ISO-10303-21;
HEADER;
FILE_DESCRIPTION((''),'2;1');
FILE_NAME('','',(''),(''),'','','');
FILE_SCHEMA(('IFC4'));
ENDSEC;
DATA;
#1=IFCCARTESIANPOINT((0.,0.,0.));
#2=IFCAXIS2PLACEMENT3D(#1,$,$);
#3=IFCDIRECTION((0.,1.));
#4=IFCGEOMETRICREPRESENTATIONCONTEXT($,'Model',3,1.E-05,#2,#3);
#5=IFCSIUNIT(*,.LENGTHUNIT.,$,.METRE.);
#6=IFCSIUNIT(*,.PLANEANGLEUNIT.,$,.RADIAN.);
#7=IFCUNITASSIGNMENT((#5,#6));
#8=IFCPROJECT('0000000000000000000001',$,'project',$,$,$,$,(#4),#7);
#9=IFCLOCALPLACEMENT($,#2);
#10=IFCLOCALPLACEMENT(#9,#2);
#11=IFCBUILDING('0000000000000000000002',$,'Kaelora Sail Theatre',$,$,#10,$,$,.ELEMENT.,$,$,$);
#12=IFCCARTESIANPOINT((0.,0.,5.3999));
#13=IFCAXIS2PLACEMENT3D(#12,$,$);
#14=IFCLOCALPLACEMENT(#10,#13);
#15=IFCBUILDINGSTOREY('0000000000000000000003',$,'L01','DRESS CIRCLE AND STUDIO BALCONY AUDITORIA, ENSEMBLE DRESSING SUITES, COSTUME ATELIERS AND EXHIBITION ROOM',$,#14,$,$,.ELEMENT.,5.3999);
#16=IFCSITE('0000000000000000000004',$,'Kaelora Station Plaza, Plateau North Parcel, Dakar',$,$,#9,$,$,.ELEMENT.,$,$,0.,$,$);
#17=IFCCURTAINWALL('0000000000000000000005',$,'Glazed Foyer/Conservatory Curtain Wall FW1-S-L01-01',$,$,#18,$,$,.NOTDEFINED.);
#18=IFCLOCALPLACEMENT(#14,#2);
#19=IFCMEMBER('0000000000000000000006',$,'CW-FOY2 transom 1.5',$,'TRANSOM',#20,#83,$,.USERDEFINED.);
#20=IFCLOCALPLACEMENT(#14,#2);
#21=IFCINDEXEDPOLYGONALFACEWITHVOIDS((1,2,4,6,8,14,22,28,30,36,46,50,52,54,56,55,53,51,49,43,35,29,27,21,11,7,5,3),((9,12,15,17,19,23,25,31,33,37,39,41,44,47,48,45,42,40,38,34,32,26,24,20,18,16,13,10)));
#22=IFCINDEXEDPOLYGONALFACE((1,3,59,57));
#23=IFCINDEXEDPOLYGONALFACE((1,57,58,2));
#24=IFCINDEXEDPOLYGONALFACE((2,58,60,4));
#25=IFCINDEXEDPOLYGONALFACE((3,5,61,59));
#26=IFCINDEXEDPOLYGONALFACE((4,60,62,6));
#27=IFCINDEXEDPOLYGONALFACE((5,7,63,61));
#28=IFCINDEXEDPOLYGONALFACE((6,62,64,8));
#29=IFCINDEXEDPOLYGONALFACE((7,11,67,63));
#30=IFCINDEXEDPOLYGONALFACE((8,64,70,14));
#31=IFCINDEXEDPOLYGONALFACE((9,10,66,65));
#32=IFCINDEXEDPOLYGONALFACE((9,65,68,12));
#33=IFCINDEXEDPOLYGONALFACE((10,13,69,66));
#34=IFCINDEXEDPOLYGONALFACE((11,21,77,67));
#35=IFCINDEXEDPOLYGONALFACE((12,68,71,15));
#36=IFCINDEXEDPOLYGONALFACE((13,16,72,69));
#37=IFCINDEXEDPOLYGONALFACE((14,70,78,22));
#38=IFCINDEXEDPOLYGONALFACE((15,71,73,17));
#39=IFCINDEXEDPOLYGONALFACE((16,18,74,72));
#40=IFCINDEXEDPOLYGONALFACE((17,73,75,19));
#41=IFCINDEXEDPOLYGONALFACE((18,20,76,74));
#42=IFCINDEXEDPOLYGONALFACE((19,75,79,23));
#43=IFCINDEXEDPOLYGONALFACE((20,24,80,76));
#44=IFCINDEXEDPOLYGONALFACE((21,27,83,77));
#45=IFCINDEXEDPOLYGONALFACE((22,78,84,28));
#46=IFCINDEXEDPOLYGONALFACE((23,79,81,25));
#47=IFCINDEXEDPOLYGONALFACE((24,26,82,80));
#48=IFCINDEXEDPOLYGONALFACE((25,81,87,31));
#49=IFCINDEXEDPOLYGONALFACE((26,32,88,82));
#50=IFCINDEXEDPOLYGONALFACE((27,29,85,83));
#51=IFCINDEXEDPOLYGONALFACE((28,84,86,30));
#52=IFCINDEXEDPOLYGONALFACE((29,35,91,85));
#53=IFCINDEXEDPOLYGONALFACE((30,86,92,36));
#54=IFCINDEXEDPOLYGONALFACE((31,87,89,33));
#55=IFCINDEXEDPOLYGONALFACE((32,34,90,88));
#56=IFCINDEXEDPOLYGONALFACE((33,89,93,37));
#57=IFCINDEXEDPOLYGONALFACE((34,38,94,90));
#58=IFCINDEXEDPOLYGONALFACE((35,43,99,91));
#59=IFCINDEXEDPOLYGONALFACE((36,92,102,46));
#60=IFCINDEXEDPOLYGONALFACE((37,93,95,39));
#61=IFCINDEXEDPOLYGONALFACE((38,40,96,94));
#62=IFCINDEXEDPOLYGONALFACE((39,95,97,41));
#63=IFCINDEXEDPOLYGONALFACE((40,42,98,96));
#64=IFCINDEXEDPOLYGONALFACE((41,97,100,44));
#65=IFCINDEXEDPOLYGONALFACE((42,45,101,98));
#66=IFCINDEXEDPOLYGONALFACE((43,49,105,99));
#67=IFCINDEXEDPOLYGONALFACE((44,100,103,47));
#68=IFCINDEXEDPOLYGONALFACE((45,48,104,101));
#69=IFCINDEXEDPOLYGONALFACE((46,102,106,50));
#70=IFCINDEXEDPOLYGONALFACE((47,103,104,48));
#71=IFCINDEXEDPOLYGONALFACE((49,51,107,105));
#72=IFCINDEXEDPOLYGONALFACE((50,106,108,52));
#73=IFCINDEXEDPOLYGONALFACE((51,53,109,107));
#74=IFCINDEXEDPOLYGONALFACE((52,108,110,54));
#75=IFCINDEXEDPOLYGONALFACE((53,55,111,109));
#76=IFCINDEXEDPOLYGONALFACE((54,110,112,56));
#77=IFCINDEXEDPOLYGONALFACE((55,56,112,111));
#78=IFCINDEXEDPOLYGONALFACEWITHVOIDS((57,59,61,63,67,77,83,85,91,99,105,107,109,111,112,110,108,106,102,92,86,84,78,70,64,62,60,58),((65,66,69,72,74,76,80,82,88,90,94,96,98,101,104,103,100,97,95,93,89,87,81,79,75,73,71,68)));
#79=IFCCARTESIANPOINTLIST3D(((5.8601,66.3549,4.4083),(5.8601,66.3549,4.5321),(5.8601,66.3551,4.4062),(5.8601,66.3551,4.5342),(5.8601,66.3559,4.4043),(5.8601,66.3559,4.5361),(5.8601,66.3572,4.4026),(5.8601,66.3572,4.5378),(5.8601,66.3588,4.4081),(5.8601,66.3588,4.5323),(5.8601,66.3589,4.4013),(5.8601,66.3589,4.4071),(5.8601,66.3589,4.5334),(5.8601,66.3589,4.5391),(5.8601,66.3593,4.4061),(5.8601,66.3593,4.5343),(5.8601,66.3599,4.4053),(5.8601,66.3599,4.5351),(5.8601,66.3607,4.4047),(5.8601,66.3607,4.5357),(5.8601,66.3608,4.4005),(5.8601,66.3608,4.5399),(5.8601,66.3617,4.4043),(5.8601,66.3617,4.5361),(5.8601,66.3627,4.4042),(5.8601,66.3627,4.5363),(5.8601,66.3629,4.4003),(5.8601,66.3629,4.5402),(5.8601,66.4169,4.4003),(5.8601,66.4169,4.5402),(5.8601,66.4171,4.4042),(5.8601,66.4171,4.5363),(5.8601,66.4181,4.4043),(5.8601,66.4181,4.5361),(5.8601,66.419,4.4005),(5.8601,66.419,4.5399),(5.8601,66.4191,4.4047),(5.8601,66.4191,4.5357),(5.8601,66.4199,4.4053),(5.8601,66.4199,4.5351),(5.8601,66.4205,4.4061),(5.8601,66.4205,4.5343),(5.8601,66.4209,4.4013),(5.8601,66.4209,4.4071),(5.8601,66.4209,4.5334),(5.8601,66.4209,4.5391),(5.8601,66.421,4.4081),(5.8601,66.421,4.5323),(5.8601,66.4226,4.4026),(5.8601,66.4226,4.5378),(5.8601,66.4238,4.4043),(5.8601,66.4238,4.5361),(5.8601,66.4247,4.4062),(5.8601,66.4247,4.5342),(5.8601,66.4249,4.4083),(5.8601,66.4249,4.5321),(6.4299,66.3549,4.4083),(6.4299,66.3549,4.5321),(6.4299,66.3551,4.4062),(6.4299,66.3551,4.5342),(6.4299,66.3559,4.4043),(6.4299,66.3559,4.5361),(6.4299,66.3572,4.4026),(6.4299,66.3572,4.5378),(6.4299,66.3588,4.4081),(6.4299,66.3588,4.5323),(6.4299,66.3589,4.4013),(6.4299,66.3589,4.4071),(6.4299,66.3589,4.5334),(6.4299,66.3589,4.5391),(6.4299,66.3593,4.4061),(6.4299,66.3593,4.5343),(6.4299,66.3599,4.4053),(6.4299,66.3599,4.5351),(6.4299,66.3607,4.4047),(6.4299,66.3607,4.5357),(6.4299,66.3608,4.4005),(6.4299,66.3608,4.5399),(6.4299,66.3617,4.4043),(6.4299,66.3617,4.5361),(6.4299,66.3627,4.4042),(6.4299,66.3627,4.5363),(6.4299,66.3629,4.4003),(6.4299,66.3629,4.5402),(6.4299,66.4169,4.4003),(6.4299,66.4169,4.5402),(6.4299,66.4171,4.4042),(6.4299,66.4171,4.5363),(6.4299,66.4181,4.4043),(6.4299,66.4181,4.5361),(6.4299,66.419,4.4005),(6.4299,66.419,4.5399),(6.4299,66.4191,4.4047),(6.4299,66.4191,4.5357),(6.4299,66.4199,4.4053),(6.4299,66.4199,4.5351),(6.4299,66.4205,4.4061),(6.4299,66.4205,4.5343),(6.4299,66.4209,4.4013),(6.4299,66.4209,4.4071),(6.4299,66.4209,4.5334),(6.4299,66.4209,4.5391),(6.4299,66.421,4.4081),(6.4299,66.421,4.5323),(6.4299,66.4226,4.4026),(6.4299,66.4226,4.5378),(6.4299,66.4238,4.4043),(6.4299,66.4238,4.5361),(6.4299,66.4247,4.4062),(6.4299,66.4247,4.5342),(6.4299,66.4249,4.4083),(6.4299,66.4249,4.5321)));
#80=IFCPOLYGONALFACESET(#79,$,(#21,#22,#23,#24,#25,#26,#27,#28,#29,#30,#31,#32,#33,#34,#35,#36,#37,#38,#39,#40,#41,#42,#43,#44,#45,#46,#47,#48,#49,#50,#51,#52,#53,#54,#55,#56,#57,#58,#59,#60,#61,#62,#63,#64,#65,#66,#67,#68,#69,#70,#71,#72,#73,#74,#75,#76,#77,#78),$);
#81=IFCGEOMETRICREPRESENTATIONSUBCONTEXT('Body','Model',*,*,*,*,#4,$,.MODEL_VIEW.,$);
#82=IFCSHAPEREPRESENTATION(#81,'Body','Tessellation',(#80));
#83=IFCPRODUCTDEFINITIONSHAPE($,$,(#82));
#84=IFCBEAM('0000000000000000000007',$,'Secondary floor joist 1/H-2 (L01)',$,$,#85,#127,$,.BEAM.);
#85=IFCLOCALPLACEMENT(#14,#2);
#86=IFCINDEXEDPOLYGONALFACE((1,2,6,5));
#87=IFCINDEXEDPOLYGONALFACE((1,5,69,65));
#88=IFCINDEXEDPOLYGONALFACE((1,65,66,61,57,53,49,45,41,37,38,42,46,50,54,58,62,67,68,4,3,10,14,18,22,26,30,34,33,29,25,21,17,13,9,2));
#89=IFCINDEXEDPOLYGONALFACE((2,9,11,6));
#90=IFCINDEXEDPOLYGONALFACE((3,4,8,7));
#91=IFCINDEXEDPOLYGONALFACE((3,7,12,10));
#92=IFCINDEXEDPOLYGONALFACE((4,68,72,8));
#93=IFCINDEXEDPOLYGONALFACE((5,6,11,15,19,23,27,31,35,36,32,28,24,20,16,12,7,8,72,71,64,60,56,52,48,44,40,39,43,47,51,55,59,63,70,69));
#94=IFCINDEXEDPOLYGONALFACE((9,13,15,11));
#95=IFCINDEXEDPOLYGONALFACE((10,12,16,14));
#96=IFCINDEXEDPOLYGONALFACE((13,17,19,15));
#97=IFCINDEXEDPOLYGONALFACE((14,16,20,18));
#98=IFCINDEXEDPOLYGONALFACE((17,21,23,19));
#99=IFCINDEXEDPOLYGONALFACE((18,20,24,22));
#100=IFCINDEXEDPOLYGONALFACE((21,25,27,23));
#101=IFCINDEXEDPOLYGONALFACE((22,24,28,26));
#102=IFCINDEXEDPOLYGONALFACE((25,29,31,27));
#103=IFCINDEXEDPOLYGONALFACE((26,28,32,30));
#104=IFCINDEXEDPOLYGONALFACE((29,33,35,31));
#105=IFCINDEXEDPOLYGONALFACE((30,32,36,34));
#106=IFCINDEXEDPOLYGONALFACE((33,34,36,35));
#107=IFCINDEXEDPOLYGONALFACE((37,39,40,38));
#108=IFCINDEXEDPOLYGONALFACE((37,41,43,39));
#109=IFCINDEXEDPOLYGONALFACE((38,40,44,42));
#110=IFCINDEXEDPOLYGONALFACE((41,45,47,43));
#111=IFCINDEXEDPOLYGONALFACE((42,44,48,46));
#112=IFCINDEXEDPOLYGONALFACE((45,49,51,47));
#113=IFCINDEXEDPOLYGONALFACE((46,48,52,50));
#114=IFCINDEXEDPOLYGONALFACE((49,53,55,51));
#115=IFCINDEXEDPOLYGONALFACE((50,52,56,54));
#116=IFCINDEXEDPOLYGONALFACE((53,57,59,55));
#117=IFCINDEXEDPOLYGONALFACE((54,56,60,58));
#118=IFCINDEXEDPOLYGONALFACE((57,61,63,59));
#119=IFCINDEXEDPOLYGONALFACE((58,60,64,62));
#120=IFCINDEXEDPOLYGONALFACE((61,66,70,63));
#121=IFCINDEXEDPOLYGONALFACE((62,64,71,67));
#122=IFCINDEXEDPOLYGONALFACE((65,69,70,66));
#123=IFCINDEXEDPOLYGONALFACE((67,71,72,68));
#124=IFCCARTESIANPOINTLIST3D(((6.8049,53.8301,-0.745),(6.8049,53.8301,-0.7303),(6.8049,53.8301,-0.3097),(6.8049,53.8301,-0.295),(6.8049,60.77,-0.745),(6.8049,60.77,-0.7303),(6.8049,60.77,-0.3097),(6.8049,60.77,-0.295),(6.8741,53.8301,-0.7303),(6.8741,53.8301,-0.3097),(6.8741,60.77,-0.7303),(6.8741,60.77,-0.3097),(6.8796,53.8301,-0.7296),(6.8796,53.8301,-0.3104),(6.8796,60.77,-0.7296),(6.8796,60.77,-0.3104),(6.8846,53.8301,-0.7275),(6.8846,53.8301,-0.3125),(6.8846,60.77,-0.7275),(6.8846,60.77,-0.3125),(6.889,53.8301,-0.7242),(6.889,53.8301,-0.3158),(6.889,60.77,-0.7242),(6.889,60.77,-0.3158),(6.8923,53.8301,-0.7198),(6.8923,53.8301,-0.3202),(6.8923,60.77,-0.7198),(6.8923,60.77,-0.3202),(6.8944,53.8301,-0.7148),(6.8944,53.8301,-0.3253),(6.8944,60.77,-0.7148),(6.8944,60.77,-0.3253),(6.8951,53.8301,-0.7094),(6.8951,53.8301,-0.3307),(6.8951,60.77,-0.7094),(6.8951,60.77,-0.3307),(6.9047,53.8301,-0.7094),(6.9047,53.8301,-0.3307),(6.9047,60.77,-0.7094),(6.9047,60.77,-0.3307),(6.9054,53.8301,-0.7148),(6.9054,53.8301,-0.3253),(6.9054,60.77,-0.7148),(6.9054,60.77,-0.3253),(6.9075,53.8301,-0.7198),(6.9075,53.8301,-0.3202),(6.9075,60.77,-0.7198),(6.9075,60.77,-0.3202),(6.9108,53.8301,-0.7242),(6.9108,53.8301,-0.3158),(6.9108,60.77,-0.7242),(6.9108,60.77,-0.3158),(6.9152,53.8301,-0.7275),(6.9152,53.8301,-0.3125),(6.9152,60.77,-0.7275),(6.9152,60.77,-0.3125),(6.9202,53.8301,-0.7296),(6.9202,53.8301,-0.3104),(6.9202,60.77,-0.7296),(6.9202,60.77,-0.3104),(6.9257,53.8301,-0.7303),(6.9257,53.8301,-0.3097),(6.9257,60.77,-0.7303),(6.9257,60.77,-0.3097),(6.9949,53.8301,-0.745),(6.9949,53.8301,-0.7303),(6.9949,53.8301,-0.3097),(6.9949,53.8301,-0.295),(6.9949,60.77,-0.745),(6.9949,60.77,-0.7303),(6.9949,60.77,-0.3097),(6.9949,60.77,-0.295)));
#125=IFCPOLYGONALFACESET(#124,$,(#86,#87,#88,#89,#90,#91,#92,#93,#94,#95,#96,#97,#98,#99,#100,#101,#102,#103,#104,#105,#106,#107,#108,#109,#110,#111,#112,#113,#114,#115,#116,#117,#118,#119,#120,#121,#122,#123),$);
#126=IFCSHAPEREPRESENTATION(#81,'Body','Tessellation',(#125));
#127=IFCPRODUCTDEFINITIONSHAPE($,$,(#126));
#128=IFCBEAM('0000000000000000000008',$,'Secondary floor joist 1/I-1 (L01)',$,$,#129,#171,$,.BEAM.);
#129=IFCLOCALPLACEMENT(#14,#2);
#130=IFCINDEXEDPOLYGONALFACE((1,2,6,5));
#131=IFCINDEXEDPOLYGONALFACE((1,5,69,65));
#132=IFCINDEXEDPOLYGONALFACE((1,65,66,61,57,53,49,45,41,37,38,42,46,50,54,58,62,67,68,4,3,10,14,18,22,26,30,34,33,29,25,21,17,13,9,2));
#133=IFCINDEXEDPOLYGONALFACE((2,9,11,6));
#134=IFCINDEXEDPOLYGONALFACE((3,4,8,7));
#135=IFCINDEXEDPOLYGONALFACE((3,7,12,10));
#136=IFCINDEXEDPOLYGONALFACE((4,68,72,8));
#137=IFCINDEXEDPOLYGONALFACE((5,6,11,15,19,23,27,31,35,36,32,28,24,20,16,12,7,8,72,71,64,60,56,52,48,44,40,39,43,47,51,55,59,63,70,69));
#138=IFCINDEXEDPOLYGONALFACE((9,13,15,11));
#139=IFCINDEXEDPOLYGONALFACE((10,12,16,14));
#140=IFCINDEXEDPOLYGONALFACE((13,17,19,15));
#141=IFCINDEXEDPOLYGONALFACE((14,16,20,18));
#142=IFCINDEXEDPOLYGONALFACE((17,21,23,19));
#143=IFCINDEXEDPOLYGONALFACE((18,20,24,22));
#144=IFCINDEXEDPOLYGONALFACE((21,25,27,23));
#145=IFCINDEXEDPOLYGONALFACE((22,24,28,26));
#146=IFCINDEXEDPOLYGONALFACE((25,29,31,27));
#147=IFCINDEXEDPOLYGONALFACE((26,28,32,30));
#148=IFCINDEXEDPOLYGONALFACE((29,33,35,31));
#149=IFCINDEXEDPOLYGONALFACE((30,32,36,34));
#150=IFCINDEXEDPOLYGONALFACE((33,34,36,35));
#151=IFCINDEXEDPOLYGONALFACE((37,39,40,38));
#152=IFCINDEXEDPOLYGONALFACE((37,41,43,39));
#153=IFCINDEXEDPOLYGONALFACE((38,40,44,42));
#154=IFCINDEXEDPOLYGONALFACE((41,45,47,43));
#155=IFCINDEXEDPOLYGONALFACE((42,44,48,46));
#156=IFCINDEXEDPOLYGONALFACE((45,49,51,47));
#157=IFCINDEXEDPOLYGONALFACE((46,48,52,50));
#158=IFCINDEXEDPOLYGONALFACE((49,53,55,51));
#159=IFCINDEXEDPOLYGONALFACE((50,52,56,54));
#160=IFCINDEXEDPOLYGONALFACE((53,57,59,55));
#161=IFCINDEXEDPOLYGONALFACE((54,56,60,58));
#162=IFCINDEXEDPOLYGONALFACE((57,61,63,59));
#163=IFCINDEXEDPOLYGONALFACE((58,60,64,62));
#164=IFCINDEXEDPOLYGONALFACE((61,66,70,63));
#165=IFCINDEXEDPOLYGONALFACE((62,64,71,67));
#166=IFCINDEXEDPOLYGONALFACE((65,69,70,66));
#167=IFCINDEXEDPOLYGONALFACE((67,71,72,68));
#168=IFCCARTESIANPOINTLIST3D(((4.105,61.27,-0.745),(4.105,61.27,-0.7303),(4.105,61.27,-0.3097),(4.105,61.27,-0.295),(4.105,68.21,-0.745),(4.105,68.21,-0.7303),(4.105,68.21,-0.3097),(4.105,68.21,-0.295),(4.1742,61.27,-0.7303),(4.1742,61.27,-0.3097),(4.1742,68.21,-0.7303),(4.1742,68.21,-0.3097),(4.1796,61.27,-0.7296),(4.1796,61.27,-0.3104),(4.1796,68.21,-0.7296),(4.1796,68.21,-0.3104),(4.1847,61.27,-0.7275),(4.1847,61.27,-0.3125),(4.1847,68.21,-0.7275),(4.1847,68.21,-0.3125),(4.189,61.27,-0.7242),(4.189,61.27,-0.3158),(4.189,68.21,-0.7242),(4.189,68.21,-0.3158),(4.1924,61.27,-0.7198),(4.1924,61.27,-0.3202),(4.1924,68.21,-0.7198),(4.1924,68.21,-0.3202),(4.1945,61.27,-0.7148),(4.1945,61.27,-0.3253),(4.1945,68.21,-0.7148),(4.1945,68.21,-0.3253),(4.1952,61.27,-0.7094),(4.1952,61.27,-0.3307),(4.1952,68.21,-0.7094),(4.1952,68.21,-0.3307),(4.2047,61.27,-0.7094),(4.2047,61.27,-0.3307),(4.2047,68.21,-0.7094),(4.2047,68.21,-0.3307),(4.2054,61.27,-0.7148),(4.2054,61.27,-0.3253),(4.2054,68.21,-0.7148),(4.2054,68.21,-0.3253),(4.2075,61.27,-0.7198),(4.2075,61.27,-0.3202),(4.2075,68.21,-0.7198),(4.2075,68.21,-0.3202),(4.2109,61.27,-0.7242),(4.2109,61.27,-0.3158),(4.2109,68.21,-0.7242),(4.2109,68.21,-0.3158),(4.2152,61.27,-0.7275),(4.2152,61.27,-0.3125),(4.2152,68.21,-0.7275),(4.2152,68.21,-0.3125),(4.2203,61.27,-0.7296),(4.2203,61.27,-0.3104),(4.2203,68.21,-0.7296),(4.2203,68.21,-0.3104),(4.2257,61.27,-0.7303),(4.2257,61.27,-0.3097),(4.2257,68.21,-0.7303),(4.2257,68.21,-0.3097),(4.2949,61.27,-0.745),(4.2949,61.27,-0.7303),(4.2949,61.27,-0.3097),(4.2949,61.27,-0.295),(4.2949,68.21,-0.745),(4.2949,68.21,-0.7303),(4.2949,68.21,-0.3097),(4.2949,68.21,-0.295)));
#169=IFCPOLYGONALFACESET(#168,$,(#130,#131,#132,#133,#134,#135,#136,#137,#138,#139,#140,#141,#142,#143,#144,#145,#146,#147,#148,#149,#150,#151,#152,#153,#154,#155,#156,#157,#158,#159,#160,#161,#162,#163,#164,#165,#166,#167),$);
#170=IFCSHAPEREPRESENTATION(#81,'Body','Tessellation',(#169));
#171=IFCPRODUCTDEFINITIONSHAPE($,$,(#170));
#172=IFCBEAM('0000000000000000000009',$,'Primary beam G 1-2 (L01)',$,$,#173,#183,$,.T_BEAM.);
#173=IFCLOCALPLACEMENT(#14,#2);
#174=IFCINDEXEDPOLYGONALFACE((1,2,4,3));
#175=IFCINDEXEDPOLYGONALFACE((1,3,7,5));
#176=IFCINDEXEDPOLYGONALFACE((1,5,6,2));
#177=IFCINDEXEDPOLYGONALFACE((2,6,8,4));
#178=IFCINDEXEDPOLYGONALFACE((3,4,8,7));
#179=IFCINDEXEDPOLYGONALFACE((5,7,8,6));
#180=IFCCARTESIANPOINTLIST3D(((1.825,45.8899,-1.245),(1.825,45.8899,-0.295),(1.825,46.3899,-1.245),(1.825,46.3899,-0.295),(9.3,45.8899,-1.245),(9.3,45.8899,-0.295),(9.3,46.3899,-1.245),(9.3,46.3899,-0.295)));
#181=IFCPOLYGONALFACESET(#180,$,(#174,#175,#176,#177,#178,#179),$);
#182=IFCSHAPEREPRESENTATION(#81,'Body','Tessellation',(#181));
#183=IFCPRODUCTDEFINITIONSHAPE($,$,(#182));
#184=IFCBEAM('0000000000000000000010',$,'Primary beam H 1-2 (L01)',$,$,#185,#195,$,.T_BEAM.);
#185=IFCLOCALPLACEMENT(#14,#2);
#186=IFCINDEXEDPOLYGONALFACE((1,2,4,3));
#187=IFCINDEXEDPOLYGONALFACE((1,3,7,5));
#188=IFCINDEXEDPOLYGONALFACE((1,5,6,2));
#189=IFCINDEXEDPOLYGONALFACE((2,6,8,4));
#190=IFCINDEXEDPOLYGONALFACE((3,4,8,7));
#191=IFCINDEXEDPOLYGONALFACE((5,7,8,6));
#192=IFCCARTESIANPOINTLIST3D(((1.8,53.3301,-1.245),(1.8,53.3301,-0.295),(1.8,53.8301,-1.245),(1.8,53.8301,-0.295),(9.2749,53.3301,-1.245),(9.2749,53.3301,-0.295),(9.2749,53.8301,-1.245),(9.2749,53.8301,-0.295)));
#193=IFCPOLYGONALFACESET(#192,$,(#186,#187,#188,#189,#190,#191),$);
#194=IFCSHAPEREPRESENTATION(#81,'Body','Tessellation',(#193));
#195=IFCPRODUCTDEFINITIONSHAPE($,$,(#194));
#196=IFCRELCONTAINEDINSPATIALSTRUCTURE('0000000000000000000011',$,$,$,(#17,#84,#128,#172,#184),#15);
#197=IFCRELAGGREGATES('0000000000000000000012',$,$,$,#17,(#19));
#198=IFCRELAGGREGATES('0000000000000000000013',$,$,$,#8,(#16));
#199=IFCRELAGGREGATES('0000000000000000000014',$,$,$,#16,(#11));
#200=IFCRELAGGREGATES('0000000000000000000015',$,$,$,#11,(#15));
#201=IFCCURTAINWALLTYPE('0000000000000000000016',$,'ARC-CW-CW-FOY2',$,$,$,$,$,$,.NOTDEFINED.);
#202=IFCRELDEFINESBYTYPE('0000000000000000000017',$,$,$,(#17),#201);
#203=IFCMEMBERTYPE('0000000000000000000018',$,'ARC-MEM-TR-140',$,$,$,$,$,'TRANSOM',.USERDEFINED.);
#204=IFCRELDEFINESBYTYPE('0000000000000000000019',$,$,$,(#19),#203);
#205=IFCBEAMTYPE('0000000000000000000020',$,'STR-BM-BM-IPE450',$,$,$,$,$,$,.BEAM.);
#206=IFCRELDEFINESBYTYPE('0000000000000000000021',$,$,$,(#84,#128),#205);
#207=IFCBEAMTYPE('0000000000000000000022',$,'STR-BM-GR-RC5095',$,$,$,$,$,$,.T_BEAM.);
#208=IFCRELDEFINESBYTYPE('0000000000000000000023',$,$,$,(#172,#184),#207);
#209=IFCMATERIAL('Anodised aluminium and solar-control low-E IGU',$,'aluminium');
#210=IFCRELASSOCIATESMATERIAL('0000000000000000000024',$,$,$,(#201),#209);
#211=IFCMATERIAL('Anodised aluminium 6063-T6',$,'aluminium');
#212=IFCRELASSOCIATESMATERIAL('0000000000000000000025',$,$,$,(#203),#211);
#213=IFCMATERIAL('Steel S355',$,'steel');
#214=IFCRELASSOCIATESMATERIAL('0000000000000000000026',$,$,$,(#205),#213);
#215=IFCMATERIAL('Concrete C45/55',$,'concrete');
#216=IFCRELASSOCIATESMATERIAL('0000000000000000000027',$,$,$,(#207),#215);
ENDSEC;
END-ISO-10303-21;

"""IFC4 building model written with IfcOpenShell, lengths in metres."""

from ifc_helpers import new_model, si_unit, direction, frame, origin, origin_2d, place, context, subcontext, project, spatial, rectangle, hollow_rectangle, i_section, extrude, material, material_profile, profile_set, type_object, element, aggregate, save


model = new_model("IFC4")

# Units and contexts
model_context = context("Model", 3, precision=1e-05, world=origin(), true_north=direction((0.0, 1.0)))
body_context = subcontext(model_context, "Body", "Model", "MODEL_VIEW")
ifc_project = project(units=[si_unit("LENGTHUNIT", "METRE"), si_unit("PLANEANGLEUNIT", "RADIAN")], contexts=[model_context])

# Site, building, storey
site_placement = place(None, origin())
site = spatial("IfcSite", under=ifc_project, at=site_placement, Name="Kaelora Station Plaza, Plateau North Parcel, Dakar", CompositionType="ELEMENT", RefElevation=0.0)
building_placement = place(site_placement, origin())
building = spatial("IfcBuilding", under=site, at=building_placement, Name="Kaelora Sail Theatre", CompositionType="ELEMENT")
storey_placement = place(building_placement, frame((0.0, 0.0, 5.3999)))
storey = spatial("IfcBuildingStorey", under=building, at=storey_placement, Name="L01", Description="DRESS CIRCLE AND STUDIO BALCONY AUDITORIA, ENSEMBLE DRESSING SUITES, COSTUME ATELIERS AND EXHIBITION ROOM", CompositionType="ELEMENT", Elevation=5.3999)

# Curtain wall, member
ifc_material_1 = material(Name="Anodised aluminium and solar-control low-E IGU", Category="aluminium")
curtain_wall_type = type_object("IfcCurtainWallType", Name="ARC-CW-CW-FOY2", PredefinedType="NOTDEFINED", material=ifc_material_1)
curtain_wall_placement = place(storey_placement, origin())
curtain_wall = element("IfcCurtainWall", 1, at=curtain_wall_placement, inside=storey, type_object=curtain_wall_type, Name="Glazed Foyer/Conservatory Curtain Wall FW1-S-L01-01", PredefinedType="NOTDEFINED")
ifc_material_2 = material(Name="Anodised aluminium 6063-T6", Category="aluminium")
ifc_material_profile_1 = material_profile(ifc_material_2, hollow_rectangle(XDim=0.0701, YDim=0.1399, WallThickness=0.0039, InnerFilletRadius=0.0039, OuterFilletRadius=0.0081, at=origin_2d()), Name="ALU-TRAN 70x140x4")
ifc_profile_set_1 = profile_set([ifc_material_profile_1], Name="Anodised aluminium 6063-T6")
member_type_1 = type_object("IfcMemberType", Name="ARC-MEM-TR-140", ElementType="TRANSOM", PredefinedType="USERDEFINED", material=ifc_profile_set_1)
member_1_placement = place(storey_placement, frame((5.8601, 66.3899, 4.4702), z_axis=(1.0, 0.0, 0.0), x_axis=(0.0, 1.0, 0.0)))
member_1 = element("IfcMember", 2, at=member_1_placement, type_object=member_type_1, Name="CW-FOY2 transom 1.5", ObjectType="TRANSOM", PredefinedType="USERDEFINED", context=body_context, shape_type="SweptSolid", body=[
    extrude(hollow_rectangle(XDim=0.0701, YDim=0.1399, WallThickness=0.0039, InnerFilletRadius=0.0039, OuterFilletRadius=0.0081, at=origin_2d()), origin(), (0.0, 0.0, 1.0), 0.5698),
])

# Beams
ifc_material_3 = material(Name="Steel S355", Category="steel")
ifc_material_profile_2 = material_profile(ifc_material_3, i_section(OverallWidth=0.1899, OverallDepth=0.45, WebThickness=0.0095, FlangeThickness=0.0146, FilletRadius=0.021, at=origin_2d()), Name="IPE 450")
ifc_profile_set_2 = profile_set([ifc_material_profile_2], Name="Steel S355")
beam_type_1 = type_object("IfcBeamType", Name="STR-BM-BM-IPE450", PredefinedType="BEAM", material=ifc_profile_set_2)
for number, where, z_axis, x_axis, name in (
    (3, (6.8999, 53.8301, -0.52), (0.0, 1.0, 0.0), (-1.0, 0.0, 0.0), "Secondary floor joist 1/H-2 (L01)"),
    (4, (4.2, 61.27, -0.52), (0.0, 1.0, 0.0), (-1.0, 0.0, 0.0), "Secondary floor joist 1/I-1 (L01)"),
):
    element("IfcBeam", number, at=place(storey_placement, frame(where, z_axis=z_axis, x_axis=x_axis)), inside=storey, type_object=beam_type_1, Name=name, PredefinedType="BEAM", context=body_context, shape_type="SweptSolid", body=[
        extrude(i_section(OverallWidth=0.1899, OverallDepth=0.45, WebThickness=0.0095, FlangeThickness=0.0146, FilletRadius=0.021, at=origin_2d()), origin(), (0.0, 0.0, 1.0), 6.9399),
    ])
ifc_material_4 = material(Name="Concrete C45/55", Category="concrete")
ifc_material_profile_3 = material_profile(ifc_material_4, rectangle(XDim=0.5, YDim=0.95, at=origin_2d()), Name="RC-GRD 500x950")
ifc_profile_set_3 = profile_set([ifc_material_profile_3], Name="Concrete C45/55")
beam_type_2 = type_object("IfcBeamType", Name="STR-BM-GR-RC5095", PredefinedType="T_BEAM", material=ifc_profile_set_3)
beam_1_placement = place(storey_placement, frame((1.825, 46.1399, -0.77), z_axis=(1.0, 0.0, 0.0), x_axis=(0.0, 1.0, 0.0)))
element("IfcBeam", 5, at=beam_1_placement, inside=storey, type_object=beam_type_2, Name="Primary beam G 1-2 (L01)", PredefinedType="T_BEAM", context=body_context, shape_type="SweptSolid", body=[
    extrude(rectangle(XDim=0.5, YDim=0.95, at=origin_2d()), origin(), (0.0, 0.0, 1.0), 7.4751),
])
beam_2_placement = place(storey_placement, frame((1.8, 53.5801, -0.77), z_axis=(1.0, 0.0, 0.0), x_axis=(0.0, 1.0, 0.0)))
element("IfcBeam", 6, at=beam_2_placement, inside=storey, type_object=beam_type_2, Name="Primary beam H 1-2 (L01)", PredefinedType="T_BEAM", context=body_context, shape_type="SweptSolid", body=[
    extrude(rectangle(XDim=0.5, YDim=0.95, at=origin_2d()), origin(), (0.0, 0.0, 1.0), 7.4749),
])

aggregate(curtain_wall, [member_1])

save(model, "model.ifc")
